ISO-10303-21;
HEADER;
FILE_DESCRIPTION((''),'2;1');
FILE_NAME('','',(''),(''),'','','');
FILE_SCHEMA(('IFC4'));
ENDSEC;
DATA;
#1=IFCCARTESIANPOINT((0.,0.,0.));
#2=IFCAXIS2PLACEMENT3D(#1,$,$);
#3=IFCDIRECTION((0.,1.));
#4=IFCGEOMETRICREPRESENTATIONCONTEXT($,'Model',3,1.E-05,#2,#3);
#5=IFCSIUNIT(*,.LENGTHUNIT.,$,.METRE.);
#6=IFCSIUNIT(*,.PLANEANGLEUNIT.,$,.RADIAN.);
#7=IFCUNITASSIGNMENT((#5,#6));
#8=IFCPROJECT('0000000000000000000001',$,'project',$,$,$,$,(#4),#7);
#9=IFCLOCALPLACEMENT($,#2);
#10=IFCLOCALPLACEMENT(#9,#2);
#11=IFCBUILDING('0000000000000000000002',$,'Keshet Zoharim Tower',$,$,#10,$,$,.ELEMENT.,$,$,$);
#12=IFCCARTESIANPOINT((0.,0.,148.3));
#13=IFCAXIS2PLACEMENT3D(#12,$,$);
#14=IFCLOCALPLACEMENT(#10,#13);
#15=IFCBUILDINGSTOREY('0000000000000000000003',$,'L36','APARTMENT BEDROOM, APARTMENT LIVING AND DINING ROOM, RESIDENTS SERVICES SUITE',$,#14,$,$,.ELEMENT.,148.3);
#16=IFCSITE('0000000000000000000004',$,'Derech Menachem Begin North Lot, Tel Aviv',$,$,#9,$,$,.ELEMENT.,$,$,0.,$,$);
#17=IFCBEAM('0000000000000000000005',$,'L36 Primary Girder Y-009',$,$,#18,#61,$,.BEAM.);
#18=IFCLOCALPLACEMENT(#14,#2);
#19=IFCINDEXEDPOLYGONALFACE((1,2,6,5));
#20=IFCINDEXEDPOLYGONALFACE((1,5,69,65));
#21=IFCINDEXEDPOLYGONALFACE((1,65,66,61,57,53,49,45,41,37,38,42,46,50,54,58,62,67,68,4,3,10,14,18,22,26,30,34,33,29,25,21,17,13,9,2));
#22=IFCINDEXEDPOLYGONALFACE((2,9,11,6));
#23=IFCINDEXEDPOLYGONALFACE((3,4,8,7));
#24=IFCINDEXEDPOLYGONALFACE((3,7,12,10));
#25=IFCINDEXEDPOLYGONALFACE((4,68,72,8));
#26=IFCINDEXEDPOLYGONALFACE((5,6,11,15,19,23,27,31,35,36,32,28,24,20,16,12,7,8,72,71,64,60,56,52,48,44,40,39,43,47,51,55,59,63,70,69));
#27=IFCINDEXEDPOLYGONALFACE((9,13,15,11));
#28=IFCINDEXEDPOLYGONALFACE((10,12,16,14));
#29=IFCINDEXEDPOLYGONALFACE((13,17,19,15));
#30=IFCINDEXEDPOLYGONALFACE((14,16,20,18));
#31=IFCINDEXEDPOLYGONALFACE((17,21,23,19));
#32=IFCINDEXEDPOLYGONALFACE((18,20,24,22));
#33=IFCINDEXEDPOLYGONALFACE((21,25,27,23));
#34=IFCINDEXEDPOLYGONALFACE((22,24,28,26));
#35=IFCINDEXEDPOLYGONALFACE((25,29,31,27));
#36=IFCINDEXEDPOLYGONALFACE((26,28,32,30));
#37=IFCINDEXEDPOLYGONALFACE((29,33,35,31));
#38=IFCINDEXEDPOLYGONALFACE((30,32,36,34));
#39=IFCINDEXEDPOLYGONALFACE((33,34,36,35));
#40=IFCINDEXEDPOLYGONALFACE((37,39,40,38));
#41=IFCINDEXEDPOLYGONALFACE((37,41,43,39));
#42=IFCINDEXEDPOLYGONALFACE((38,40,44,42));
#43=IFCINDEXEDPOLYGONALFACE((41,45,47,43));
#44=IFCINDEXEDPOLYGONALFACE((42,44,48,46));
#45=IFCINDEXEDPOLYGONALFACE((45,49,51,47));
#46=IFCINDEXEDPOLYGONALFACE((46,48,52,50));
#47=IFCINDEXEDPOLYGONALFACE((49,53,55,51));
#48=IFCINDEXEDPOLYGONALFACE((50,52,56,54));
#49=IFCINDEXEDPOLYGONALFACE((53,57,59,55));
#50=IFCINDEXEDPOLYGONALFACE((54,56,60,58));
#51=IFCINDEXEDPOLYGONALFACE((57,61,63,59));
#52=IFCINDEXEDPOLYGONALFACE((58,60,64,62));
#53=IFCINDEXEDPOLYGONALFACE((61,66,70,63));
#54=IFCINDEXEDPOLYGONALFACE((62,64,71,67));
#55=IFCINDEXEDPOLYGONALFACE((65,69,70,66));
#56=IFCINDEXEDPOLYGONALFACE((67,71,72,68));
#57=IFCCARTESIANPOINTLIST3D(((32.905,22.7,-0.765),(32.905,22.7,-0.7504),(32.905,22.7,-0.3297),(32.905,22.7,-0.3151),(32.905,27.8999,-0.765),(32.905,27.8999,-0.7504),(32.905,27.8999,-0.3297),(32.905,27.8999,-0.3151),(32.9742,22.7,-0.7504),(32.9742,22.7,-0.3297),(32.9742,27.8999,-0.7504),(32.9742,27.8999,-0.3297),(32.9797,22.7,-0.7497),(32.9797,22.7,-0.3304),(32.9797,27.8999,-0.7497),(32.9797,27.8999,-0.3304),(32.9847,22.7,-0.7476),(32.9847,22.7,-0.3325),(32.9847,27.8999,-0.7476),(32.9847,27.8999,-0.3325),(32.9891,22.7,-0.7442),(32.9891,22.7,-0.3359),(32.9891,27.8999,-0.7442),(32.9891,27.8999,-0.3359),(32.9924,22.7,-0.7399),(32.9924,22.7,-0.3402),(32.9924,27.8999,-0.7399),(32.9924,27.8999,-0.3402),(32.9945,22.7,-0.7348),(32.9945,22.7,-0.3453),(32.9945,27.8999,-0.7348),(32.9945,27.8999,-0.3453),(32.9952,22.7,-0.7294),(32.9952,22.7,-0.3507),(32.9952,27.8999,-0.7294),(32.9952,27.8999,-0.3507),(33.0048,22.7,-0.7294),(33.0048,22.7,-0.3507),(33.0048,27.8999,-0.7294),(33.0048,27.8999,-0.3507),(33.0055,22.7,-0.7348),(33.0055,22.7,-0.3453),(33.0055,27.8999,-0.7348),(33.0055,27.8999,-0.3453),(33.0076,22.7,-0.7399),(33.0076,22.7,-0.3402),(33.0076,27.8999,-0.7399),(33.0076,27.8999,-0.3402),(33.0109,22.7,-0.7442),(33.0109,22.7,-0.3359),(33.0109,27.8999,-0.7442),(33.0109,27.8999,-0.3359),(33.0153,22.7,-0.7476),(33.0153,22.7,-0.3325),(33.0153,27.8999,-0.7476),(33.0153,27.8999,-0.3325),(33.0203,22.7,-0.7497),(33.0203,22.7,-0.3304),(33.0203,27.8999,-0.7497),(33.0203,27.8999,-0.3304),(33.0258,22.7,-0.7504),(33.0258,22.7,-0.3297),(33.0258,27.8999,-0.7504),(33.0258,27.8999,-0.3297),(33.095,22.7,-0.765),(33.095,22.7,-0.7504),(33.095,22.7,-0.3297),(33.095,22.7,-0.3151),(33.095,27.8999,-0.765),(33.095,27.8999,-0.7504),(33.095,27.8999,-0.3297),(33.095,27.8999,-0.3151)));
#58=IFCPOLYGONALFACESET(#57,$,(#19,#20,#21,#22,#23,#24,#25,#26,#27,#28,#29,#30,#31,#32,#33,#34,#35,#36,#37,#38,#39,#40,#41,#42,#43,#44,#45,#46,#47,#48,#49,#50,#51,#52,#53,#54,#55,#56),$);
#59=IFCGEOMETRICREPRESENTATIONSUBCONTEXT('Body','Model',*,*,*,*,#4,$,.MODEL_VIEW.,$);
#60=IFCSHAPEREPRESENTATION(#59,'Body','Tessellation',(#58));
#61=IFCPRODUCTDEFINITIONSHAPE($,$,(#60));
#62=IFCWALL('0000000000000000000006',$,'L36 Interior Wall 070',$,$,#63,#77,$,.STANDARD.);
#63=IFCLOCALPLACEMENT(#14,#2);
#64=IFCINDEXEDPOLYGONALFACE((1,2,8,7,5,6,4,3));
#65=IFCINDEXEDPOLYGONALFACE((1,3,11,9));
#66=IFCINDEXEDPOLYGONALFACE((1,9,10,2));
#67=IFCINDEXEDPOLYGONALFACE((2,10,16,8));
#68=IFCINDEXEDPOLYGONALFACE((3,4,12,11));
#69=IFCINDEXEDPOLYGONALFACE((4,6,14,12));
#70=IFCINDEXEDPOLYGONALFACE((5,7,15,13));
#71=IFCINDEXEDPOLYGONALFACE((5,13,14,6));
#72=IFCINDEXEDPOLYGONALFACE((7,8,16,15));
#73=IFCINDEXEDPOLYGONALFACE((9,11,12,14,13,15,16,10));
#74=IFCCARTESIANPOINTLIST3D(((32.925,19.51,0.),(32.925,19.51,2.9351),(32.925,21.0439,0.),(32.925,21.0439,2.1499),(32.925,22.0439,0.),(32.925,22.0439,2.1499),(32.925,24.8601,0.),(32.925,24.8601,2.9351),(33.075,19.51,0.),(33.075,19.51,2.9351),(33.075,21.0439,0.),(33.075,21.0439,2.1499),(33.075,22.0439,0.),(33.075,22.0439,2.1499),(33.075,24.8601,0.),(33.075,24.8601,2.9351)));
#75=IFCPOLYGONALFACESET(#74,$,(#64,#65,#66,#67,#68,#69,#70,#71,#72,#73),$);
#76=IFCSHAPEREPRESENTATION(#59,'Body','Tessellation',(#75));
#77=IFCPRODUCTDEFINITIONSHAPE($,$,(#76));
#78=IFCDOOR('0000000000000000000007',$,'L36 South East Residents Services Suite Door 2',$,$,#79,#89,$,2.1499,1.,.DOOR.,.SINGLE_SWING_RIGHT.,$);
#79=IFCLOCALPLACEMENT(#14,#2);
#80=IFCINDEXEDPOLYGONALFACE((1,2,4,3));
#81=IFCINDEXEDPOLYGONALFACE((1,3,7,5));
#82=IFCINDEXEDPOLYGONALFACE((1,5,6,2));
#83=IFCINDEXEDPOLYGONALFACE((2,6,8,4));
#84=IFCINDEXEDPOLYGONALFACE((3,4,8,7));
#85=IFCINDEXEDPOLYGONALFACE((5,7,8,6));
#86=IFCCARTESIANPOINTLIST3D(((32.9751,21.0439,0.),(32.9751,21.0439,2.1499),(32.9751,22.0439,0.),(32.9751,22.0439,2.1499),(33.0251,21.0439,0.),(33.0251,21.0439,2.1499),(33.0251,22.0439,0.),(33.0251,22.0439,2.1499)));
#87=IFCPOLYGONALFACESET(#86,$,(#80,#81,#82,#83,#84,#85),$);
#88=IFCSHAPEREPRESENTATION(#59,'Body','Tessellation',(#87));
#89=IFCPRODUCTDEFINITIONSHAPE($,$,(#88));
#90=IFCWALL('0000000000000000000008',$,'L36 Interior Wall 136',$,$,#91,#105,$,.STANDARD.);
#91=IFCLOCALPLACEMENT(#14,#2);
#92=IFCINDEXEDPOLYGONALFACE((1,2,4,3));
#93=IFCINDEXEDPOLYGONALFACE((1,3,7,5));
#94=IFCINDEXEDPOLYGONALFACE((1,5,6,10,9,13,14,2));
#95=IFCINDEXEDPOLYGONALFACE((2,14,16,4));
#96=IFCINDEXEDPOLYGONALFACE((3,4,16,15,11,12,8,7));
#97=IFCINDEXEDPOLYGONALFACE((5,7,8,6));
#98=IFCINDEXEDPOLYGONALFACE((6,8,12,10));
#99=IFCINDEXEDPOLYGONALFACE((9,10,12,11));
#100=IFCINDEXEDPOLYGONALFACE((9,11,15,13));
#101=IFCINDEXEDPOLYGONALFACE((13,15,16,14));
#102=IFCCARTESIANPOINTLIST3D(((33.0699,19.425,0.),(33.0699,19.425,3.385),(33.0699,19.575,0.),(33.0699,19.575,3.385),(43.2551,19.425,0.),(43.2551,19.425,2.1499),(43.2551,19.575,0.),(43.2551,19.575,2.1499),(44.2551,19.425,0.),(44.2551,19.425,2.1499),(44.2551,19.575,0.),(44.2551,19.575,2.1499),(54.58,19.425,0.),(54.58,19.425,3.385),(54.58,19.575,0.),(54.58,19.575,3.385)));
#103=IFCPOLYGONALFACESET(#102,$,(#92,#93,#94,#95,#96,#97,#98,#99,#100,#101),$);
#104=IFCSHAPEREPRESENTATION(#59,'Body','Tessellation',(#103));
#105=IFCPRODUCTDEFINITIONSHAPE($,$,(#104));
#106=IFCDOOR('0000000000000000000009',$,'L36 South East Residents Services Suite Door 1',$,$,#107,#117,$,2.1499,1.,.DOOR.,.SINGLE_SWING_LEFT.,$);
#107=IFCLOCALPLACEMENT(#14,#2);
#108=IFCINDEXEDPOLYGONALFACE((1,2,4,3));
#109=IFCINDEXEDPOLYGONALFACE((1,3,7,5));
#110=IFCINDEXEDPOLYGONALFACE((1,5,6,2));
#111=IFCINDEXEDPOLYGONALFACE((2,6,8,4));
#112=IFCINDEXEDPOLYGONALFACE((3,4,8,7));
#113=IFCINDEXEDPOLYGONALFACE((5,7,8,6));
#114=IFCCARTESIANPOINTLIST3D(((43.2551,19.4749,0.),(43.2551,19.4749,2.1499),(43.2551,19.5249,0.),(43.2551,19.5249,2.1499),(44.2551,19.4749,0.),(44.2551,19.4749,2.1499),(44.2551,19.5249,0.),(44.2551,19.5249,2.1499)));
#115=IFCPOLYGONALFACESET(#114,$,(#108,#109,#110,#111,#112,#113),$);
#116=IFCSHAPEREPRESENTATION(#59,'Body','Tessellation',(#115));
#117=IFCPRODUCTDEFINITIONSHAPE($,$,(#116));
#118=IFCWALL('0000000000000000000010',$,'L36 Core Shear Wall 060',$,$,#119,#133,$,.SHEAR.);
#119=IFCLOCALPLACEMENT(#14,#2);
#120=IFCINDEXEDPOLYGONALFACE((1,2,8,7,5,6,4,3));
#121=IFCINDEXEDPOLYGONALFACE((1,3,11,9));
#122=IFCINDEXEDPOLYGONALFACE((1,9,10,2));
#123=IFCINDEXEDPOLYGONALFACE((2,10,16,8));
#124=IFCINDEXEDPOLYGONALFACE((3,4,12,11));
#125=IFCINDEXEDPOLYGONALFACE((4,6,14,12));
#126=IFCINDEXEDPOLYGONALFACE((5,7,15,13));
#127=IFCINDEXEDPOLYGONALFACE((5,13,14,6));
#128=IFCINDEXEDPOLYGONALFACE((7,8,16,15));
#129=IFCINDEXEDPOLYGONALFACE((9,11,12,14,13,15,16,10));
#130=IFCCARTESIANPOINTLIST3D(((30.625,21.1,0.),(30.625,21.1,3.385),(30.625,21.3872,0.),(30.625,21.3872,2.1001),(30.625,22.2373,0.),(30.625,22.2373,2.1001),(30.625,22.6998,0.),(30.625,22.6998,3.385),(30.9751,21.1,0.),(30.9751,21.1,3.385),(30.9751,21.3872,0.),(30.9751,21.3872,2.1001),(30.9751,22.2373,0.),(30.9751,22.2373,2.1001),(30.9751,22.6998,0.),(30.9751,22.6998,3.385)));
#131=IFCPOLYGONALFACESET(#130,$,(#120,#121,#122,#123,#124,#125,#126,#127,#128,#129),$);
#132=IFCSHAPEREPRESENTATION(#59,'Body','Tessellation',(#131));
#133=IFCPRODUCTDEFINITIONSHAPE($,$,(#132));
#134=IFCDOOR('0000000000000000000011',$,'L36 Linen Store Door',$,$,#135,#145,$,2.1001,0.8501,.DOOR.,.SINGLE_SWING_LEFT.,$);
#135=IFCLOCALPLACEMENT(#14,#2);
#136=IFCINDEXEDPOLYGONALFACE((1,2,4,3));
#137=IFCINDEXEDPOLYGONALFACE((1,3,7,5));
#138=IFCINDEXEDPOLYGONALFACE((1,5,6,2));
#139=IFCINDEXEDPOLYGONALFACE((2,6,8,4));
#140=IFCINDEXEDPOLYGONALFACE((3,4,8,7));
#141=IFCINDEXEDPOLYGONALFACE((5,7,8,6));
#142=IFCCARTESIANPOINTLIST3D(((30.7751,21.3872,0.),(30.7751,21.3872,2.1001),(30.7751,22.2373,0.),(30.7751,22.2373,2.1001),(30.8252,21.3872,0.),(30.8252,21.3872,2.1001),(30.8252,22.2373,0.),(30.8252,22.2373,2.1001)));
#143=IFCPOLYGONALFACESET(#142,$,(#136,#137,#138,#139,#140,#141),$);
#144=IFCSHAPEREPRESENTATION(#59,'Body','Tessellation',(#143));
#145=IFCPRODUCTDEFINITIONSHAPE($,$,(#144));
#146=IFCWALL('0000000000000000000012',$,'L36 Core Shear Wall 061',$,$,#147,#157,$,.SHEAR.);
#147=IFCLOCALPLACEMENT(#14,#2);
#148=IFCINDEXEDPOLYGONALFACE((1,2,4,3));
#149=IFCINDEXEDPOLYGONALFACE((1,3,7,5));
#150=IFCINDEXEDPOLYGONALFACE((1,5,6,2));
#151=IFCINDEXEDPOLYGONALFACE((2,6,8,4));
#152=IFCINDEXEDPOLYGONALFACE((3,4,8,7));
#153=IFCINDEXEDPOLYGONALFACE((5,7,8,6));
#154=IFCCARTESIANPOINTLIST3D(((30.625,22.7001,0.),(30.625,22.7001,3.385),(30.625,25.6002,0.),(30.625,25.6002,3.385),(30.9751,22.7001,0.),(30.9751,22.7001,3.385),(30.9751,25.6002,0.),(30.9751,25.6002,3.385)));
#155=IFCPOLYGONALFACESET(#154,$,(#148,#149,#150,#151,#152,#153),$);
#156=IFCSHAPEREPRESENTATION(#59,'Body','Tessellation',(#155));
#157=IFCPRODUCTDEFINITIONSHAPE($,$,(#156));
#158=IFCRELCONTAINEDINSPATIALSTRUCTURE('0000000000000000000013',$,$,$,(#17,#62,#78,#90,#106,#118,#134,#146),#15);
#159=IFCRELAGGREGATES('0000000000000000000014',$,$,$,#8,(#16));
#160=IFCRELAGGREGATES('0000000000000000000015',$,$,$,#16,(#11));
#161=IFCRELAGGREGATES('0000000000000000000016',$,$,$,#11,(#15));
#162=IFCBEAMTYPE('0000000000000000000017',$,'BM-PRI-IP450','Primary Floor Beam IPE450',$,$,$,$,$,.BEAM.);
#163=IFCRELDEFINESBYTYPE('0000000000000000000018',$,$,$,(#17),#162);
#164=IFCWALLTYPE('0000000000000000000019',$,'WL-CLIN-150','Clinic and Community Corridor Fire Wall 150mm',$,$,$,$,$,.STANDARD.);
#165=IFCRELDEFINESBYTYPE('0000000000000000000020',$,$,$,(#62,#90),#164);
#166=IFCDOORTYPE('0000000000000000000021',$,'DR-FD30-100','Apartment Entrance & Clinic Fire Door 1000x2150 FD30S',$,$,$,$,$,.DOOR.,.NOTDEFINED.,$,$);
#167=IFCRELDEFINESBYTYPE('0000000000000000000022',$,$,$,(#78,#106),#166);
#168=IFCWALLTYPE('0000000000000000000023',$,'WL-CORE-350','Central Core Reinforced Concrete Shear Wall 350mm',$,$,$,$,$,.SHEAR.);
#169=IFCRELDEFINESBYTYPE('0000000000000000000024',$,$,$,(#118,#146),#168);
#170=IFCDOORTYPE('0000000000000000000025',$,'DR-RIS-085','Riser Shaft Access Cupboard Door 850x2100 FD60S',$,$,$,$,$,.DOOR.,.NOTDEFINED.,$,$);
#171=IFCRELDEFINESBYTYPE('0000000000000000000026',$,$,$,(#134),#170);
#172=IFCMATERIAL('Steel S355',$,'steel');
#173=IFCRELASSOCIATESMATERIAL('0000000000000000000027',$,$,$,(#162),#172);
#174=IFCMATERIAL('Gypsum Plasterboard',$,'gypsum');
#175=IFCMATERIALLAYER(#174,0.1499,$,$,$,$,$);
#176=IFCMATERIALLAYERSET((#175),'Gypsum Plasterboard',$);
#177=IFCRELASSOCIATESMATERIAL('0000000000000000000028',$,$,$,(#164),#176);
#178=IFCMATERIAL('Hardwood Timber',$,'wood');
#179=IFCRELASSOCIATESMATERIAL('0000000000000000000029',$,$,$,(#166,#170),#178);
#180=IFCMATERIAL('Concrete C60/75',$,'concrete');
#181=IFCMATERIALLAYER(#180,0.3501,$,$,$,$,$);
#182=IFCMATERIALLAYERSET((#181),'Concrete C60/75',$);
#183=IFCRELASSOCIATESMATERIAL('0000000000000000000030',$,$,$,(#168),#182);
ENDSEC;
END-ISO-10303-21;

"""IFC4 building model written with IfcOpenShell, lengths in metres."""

from ifc_helpers import new_model, si_unit, direction, frame, frame_2d, origin, origin_2d, place, context, subcontext, project, spatial, rectangle, i_section, extrude, material, layer, layer_set, material_profile, profile_set, type_object, element, fill, save


model = new_model("IFC4")

# Units and contexts
model_context = context("Model", 3, precision=1e-05, world=origin(), true_north=direction((0.0, 1.0)))
body_context = subcontext(model_context, "Body", "Model", "MODEL_VIEW")
ifc_project = project(units=[si_unit("LENGTHUNIT", "METRE"), si_unit("PLANEANGLEUNIT", "RADIAN")], contexts=[model_context])

# Site, building, storey
site_placement = place(None, origin())
site = spatial("IfcSite", under=ifc_project, at=site_placement, Name="Derech Menachem Begin North Lot, Tel Aviv", CompositionType="ELEMENT", RefElevation=0.0)
building_placement = place(site_placement, origin())
building = spatial("IfcBuilding", under=site, at=building_placement, Name="Keshet Zoharim Tower", CompositionType="ELEMENT")
storey_placement = place(building_placement, frame((0.0, 0.0, 148.3)))
storey = spatial("IfcBuildingStorey", under=building, at=storey_placement, Name="L36", Description="APARTMENT BEDROOM, APARTMENT LIVING AND DINING ROOM, RESIDENTS SERVICES SUITE", CompositionType="ELEMENT", Elevation=148.3)

# Shared definitions
ifc_material_1 = material(Name="Concrete C60/75", Category="concrete")

# Beam
ifc_material_2 = material(Name="Steel S355", Category="steel")
ifc_material_profile_1 = material_profile(ifc_material_2, i_section(OverallWidth=0.1899, OverallDepth=0.45, WebThickness=0.0095, FlangeThickness=0.0146, FilletRadius=0.021, at=origin_2d()), Name="IPE450")
ifc_profile_set_1 = profile_set([ifc_material_profile_1], Name="Steel S355")
beam_type_1 = type_object("IfcBeamType", Name="BM-PRI-IP450", Description="Primary Floor Beam IPE450", PredefinedType="BEAM", material=ifc_profile_set_1)
beam_1_placement = place(storey_placement, frame((33.0, 22.7, -0.54), z_axis=(0.0, 1.0, 0.0), x_axis=(-1.0, 0.0, 0.0)))
element("IfcBeam", 1, at=beam_1_placement, inside=storey, type_object=beam_type_1, Name="L36 Primary Girder Y-009", PredefinedType="BEAM", context=body_context, shape_type="SweptSolid", body=[
    extrude(i_section(OverallWidth=0.1899, OverallDepth=0.45, WebThickness=0.0095, FlangeThickness=0.0146, FilletRadius=0.021, at=origin_2d()), origin(), (0.0, 0.0, 1.0), 5.2),
])

# Walls, openings, doors
ifc_material_3 = material(Name="Gypsum Plasterboard", Category="gypsum")
ifc_layer_1 = layer(ifc_material_3, 0.1499)
ifc_layer_set_1 = layer_set([ifc_layer_1], Name="Gypsum Plasterboard")
wall_type_1 = type_object("IfcWallType", Name="WL-CLIN-150", Description="Clinic and Community Corridor Fire Wall 150mm", PredefinedType="STANDARD", material=ifc_layer_set_1)
wall_1_placement = place(storey_placement, frame((33.0, 19.51, 0.0), z_axis=(0.0, 0.0, 1.0), x_axis=(0.0, 1.0, 0.0)))
wall_1 = element("IfcWall", 2, at=wall_1_placement, inside=storey, type_object=wall_type_1, Name="L36 Interior Wall 070", PredefinedType="STANDARD", context=body_context, shape_type="SweptSolid", body=[
    extrude(rectangle(XDim=5.3501, YDim=0.1499, at=frame_2d((2.675, 0.0))), origin(), (0.0, 0.0, 1.0), 2.9351),
])
opening_1_placement = place(wall_1_placement, frame((1.5339, 0.0, 0.0)))
opening_1 = element("IfcOpeningElement", 3, at=opening_1_placement, cuts=wall_1, PredefinedType="OPENING", context=body_context, shape_type="SweptSolid", body=[
    extrude(rectangle(XDim=1.0, YDim=2.1499, at=frame_2d((0.5, 1.075))), frame((0.0, 0.085, 0.0), z_axis=(0.0, -1.0, 0.0), x_axis=(1.0, 0.0, 0.0)), (0.0, 0.0, 1.0), 0.1699),
])
ifc_material_4 = material(Name="Hardwood Timber", Category="wood")
door_type_1 = type_object("IfcDoorType", Name="DR-FD30-100", Description="Apartment Entrance & Clinic Fire Door 1000x2150 FD30S", OperationType="NOTDEFINED", PredefinedType="DOOR", material=ifc_material_4)
door_1_placement = place(opening_1_placement, origin())
door_1 = element("IfcDoor", 4, at=door_1_placement, inside=storey, type_object=door_type_1, Name="L36 South East Residents Services Suite Door 2", OperationType="SINGLE_SWING_RIGHT", OverallHeight=2.1499, OverallWidth=1.0, PredefinedType="DOOR", context=body_context, shape_type="SweptSolid", body=[
    extrude(rectangle(XDim=1.0, YDim=2.1499, at=frame_2d((0.5, 1.075))), frame((0.0, 0.0249, 0.0), z_axis=(0.0, -1.0, 0.0), x_axis=(1.0, 0.0, 0.0)), (0.0, 0.0, 1.0), 0.05),
])
fill(opening_1, door_1)
wall_2_placement = place(storey_placement, frame((33.0701, 19.5, 0.0), z_axis=(0.0, 0.0, 1.0), x_axis=(1.0, 0.0, 0.0)))
wall_2 = element("IfcWall", 5, at=wall_2_placement, inside=storey, type_object=wall_type_1, Name="L36 Interior Wall 136", PredefinedType="STANDARD", context=body_context, shape_type="SweptSolid", body=[
    extrude(rectangle(XDim=21.51, YDim=0.1499, at=frame_2d((10.7549, 0.0))), origin(), (0.0, 0.0, 1.0), 3.385),
])
opening_2_placement = place(wall_2_placement, frame((10.1851, 0.0, 0.0)))
opening_2 = element("IfcOpeningElement", 6, at=opening_2_placement, cuts=wall_2, PredefinedType="OPENING", context=body_context, shape_type="SweptSolid", body=[
    extrude(rectangle(XDim=1.0, YDim=2.1499, at=frame_2d((0.5, 1.075))), frame((0.0, 0.085, 0.0), z_axis=(0.0, -1.0, 0.0), x_axis=(1.0, 0.0, 0.0)), (0.0, 0.0, 1.0), 0.1699),
])
door_2_placement = place(opening_2_placement, origin())
door_2 = element("IfcDoor", 7, at=door_2_placement, inside=storey, type_object=door_type_1, Name="L36 South East Residents Services Suite Door 1", OperationType="SINGLE_SWING_LEFT", OverallHeight=2.1499, OverallWidth=1.0, PredefinedType="DOOR", context=body_context, shape_type="SweptSolid", body=[
    extrude(rectangle(XDim=1.0, YDim=2.1499, at=frame_2d((0.5, 1.075))), frame((0.0, 0.0249, 0.0), z_axis=(0.0, -1.0, 0.0), x_axis=(1.0, 0.0, 0.0)), (0.0, 0.0, 1.0), 0.05),
])
fill(opening_2, door_2)
ifc_layer_2 = layer(ifc_material_1, 0.3501)
ifc_layer_set_2 = layer_set([ifc_layer_2], Name="Concrete C60/75")
wall_type_2 = type_object("IfcWallType", Name="WL-CORE-350", Description="Central Core Reinforced Concrete Shear Wall 350mm", PredefinedType="SHEAR", material=ifc_layer_set_2)
wall_3_placement = place(storey_placement, frame((30.8, 21.1001, 0.0), z_axis=(0.0, 0.0, 1.0), x_axis=(0.0, 1.0, 0.0)))
wall_3 = element("IfcWall", 8, at=wall_3_placement, inside=storey, type_object=wall_type_2, Name="L36 Core Shear Wall 060", PredefinedType="SHEAR", context=body_context, shape_type="SweptSolid", body=[
    extrude(rectangle(XDim=1.5999, YDim=0.3501, at=frame_2d((0.7998, 0.0))), origin(), (0.0, 0.0, 1.0), 3.385),
])
opening_3_placement = place(wall_3_placement, frame((0.2871, 0.0, 0.0)))
opening_3 = element("IfcOpeningElement", 9, at=opening_3_placement, cuts=wall_3, PredefinedType="OPENING", context=body_context, shape_type="SweptSolid", body=[
    extrude(rectangle(XDim=0.8501, YDim=2.1001, at=frame_2d((0.425, 1.05))), frame((0.0, 0.1851, 0.0), z_axis=(0.0, -1.0, 0.0), x_axis=(1.0, 0.0, 0.0)), (0.0, 0.0, 1.0), 0.3701),
])
door_type_2 = type_object("IfcDoorType", Name="DR-RIS-085", Description="Riser Shaft Access Cupboard Door 850x2100 FD60S", OperationType="NOTDEFINED", PredefinedType="DOOR", material=ifc_material_4)
door_3_placement = place(opening_3_placement, origin())
door_3 = element("IfcDoor", 10, at=door_3_placement, inside=storey, type_object=door_type_2, Name="L36 Linen Store Door", OperationType="SINGLE_SWING_LEFT", OverallHeight=2.1001, OverallWidth=0.8501, PredefinedType="DOOR", context=body_context, shape_type="SweptSolid", body=[
    extrude(rectangle(XDim=0.8501, YDim=2.1001, at=frame_2d((0.425, 1.05))), frame((0.0, 0.0249, 0.0), z_axis=(0.0, -1.0, 0.0), x_axis=(1.0, 0.0, 0.0)), (0.0, 0.0, 1.0), 0.05),
])
fill(opening_3, door_3)

# Wall
wall_4_placement = place(storey_placement, frame((30.8, 22.7, 0.0), z_axis=(0.0, 0.0, 1.0), x_axis=(0.0, 1.0, 0.0)))
element("IfcWall", 11, at=wall_4_placement, inside=storey, type_object=wall_type_2, Name="L36 Core Shear Wall 061", PredefinedType="SHEAR", context=body_context, shape_type="SweptSolid", body=[
    extrude(rectangle(XDim=2.9001, YDim=0.3501, at=frame_2d((1.4502, 0.0))), origin(), (0.0, 0.0, 1.0), 3.385),
])

save(model, "model.ifc")
